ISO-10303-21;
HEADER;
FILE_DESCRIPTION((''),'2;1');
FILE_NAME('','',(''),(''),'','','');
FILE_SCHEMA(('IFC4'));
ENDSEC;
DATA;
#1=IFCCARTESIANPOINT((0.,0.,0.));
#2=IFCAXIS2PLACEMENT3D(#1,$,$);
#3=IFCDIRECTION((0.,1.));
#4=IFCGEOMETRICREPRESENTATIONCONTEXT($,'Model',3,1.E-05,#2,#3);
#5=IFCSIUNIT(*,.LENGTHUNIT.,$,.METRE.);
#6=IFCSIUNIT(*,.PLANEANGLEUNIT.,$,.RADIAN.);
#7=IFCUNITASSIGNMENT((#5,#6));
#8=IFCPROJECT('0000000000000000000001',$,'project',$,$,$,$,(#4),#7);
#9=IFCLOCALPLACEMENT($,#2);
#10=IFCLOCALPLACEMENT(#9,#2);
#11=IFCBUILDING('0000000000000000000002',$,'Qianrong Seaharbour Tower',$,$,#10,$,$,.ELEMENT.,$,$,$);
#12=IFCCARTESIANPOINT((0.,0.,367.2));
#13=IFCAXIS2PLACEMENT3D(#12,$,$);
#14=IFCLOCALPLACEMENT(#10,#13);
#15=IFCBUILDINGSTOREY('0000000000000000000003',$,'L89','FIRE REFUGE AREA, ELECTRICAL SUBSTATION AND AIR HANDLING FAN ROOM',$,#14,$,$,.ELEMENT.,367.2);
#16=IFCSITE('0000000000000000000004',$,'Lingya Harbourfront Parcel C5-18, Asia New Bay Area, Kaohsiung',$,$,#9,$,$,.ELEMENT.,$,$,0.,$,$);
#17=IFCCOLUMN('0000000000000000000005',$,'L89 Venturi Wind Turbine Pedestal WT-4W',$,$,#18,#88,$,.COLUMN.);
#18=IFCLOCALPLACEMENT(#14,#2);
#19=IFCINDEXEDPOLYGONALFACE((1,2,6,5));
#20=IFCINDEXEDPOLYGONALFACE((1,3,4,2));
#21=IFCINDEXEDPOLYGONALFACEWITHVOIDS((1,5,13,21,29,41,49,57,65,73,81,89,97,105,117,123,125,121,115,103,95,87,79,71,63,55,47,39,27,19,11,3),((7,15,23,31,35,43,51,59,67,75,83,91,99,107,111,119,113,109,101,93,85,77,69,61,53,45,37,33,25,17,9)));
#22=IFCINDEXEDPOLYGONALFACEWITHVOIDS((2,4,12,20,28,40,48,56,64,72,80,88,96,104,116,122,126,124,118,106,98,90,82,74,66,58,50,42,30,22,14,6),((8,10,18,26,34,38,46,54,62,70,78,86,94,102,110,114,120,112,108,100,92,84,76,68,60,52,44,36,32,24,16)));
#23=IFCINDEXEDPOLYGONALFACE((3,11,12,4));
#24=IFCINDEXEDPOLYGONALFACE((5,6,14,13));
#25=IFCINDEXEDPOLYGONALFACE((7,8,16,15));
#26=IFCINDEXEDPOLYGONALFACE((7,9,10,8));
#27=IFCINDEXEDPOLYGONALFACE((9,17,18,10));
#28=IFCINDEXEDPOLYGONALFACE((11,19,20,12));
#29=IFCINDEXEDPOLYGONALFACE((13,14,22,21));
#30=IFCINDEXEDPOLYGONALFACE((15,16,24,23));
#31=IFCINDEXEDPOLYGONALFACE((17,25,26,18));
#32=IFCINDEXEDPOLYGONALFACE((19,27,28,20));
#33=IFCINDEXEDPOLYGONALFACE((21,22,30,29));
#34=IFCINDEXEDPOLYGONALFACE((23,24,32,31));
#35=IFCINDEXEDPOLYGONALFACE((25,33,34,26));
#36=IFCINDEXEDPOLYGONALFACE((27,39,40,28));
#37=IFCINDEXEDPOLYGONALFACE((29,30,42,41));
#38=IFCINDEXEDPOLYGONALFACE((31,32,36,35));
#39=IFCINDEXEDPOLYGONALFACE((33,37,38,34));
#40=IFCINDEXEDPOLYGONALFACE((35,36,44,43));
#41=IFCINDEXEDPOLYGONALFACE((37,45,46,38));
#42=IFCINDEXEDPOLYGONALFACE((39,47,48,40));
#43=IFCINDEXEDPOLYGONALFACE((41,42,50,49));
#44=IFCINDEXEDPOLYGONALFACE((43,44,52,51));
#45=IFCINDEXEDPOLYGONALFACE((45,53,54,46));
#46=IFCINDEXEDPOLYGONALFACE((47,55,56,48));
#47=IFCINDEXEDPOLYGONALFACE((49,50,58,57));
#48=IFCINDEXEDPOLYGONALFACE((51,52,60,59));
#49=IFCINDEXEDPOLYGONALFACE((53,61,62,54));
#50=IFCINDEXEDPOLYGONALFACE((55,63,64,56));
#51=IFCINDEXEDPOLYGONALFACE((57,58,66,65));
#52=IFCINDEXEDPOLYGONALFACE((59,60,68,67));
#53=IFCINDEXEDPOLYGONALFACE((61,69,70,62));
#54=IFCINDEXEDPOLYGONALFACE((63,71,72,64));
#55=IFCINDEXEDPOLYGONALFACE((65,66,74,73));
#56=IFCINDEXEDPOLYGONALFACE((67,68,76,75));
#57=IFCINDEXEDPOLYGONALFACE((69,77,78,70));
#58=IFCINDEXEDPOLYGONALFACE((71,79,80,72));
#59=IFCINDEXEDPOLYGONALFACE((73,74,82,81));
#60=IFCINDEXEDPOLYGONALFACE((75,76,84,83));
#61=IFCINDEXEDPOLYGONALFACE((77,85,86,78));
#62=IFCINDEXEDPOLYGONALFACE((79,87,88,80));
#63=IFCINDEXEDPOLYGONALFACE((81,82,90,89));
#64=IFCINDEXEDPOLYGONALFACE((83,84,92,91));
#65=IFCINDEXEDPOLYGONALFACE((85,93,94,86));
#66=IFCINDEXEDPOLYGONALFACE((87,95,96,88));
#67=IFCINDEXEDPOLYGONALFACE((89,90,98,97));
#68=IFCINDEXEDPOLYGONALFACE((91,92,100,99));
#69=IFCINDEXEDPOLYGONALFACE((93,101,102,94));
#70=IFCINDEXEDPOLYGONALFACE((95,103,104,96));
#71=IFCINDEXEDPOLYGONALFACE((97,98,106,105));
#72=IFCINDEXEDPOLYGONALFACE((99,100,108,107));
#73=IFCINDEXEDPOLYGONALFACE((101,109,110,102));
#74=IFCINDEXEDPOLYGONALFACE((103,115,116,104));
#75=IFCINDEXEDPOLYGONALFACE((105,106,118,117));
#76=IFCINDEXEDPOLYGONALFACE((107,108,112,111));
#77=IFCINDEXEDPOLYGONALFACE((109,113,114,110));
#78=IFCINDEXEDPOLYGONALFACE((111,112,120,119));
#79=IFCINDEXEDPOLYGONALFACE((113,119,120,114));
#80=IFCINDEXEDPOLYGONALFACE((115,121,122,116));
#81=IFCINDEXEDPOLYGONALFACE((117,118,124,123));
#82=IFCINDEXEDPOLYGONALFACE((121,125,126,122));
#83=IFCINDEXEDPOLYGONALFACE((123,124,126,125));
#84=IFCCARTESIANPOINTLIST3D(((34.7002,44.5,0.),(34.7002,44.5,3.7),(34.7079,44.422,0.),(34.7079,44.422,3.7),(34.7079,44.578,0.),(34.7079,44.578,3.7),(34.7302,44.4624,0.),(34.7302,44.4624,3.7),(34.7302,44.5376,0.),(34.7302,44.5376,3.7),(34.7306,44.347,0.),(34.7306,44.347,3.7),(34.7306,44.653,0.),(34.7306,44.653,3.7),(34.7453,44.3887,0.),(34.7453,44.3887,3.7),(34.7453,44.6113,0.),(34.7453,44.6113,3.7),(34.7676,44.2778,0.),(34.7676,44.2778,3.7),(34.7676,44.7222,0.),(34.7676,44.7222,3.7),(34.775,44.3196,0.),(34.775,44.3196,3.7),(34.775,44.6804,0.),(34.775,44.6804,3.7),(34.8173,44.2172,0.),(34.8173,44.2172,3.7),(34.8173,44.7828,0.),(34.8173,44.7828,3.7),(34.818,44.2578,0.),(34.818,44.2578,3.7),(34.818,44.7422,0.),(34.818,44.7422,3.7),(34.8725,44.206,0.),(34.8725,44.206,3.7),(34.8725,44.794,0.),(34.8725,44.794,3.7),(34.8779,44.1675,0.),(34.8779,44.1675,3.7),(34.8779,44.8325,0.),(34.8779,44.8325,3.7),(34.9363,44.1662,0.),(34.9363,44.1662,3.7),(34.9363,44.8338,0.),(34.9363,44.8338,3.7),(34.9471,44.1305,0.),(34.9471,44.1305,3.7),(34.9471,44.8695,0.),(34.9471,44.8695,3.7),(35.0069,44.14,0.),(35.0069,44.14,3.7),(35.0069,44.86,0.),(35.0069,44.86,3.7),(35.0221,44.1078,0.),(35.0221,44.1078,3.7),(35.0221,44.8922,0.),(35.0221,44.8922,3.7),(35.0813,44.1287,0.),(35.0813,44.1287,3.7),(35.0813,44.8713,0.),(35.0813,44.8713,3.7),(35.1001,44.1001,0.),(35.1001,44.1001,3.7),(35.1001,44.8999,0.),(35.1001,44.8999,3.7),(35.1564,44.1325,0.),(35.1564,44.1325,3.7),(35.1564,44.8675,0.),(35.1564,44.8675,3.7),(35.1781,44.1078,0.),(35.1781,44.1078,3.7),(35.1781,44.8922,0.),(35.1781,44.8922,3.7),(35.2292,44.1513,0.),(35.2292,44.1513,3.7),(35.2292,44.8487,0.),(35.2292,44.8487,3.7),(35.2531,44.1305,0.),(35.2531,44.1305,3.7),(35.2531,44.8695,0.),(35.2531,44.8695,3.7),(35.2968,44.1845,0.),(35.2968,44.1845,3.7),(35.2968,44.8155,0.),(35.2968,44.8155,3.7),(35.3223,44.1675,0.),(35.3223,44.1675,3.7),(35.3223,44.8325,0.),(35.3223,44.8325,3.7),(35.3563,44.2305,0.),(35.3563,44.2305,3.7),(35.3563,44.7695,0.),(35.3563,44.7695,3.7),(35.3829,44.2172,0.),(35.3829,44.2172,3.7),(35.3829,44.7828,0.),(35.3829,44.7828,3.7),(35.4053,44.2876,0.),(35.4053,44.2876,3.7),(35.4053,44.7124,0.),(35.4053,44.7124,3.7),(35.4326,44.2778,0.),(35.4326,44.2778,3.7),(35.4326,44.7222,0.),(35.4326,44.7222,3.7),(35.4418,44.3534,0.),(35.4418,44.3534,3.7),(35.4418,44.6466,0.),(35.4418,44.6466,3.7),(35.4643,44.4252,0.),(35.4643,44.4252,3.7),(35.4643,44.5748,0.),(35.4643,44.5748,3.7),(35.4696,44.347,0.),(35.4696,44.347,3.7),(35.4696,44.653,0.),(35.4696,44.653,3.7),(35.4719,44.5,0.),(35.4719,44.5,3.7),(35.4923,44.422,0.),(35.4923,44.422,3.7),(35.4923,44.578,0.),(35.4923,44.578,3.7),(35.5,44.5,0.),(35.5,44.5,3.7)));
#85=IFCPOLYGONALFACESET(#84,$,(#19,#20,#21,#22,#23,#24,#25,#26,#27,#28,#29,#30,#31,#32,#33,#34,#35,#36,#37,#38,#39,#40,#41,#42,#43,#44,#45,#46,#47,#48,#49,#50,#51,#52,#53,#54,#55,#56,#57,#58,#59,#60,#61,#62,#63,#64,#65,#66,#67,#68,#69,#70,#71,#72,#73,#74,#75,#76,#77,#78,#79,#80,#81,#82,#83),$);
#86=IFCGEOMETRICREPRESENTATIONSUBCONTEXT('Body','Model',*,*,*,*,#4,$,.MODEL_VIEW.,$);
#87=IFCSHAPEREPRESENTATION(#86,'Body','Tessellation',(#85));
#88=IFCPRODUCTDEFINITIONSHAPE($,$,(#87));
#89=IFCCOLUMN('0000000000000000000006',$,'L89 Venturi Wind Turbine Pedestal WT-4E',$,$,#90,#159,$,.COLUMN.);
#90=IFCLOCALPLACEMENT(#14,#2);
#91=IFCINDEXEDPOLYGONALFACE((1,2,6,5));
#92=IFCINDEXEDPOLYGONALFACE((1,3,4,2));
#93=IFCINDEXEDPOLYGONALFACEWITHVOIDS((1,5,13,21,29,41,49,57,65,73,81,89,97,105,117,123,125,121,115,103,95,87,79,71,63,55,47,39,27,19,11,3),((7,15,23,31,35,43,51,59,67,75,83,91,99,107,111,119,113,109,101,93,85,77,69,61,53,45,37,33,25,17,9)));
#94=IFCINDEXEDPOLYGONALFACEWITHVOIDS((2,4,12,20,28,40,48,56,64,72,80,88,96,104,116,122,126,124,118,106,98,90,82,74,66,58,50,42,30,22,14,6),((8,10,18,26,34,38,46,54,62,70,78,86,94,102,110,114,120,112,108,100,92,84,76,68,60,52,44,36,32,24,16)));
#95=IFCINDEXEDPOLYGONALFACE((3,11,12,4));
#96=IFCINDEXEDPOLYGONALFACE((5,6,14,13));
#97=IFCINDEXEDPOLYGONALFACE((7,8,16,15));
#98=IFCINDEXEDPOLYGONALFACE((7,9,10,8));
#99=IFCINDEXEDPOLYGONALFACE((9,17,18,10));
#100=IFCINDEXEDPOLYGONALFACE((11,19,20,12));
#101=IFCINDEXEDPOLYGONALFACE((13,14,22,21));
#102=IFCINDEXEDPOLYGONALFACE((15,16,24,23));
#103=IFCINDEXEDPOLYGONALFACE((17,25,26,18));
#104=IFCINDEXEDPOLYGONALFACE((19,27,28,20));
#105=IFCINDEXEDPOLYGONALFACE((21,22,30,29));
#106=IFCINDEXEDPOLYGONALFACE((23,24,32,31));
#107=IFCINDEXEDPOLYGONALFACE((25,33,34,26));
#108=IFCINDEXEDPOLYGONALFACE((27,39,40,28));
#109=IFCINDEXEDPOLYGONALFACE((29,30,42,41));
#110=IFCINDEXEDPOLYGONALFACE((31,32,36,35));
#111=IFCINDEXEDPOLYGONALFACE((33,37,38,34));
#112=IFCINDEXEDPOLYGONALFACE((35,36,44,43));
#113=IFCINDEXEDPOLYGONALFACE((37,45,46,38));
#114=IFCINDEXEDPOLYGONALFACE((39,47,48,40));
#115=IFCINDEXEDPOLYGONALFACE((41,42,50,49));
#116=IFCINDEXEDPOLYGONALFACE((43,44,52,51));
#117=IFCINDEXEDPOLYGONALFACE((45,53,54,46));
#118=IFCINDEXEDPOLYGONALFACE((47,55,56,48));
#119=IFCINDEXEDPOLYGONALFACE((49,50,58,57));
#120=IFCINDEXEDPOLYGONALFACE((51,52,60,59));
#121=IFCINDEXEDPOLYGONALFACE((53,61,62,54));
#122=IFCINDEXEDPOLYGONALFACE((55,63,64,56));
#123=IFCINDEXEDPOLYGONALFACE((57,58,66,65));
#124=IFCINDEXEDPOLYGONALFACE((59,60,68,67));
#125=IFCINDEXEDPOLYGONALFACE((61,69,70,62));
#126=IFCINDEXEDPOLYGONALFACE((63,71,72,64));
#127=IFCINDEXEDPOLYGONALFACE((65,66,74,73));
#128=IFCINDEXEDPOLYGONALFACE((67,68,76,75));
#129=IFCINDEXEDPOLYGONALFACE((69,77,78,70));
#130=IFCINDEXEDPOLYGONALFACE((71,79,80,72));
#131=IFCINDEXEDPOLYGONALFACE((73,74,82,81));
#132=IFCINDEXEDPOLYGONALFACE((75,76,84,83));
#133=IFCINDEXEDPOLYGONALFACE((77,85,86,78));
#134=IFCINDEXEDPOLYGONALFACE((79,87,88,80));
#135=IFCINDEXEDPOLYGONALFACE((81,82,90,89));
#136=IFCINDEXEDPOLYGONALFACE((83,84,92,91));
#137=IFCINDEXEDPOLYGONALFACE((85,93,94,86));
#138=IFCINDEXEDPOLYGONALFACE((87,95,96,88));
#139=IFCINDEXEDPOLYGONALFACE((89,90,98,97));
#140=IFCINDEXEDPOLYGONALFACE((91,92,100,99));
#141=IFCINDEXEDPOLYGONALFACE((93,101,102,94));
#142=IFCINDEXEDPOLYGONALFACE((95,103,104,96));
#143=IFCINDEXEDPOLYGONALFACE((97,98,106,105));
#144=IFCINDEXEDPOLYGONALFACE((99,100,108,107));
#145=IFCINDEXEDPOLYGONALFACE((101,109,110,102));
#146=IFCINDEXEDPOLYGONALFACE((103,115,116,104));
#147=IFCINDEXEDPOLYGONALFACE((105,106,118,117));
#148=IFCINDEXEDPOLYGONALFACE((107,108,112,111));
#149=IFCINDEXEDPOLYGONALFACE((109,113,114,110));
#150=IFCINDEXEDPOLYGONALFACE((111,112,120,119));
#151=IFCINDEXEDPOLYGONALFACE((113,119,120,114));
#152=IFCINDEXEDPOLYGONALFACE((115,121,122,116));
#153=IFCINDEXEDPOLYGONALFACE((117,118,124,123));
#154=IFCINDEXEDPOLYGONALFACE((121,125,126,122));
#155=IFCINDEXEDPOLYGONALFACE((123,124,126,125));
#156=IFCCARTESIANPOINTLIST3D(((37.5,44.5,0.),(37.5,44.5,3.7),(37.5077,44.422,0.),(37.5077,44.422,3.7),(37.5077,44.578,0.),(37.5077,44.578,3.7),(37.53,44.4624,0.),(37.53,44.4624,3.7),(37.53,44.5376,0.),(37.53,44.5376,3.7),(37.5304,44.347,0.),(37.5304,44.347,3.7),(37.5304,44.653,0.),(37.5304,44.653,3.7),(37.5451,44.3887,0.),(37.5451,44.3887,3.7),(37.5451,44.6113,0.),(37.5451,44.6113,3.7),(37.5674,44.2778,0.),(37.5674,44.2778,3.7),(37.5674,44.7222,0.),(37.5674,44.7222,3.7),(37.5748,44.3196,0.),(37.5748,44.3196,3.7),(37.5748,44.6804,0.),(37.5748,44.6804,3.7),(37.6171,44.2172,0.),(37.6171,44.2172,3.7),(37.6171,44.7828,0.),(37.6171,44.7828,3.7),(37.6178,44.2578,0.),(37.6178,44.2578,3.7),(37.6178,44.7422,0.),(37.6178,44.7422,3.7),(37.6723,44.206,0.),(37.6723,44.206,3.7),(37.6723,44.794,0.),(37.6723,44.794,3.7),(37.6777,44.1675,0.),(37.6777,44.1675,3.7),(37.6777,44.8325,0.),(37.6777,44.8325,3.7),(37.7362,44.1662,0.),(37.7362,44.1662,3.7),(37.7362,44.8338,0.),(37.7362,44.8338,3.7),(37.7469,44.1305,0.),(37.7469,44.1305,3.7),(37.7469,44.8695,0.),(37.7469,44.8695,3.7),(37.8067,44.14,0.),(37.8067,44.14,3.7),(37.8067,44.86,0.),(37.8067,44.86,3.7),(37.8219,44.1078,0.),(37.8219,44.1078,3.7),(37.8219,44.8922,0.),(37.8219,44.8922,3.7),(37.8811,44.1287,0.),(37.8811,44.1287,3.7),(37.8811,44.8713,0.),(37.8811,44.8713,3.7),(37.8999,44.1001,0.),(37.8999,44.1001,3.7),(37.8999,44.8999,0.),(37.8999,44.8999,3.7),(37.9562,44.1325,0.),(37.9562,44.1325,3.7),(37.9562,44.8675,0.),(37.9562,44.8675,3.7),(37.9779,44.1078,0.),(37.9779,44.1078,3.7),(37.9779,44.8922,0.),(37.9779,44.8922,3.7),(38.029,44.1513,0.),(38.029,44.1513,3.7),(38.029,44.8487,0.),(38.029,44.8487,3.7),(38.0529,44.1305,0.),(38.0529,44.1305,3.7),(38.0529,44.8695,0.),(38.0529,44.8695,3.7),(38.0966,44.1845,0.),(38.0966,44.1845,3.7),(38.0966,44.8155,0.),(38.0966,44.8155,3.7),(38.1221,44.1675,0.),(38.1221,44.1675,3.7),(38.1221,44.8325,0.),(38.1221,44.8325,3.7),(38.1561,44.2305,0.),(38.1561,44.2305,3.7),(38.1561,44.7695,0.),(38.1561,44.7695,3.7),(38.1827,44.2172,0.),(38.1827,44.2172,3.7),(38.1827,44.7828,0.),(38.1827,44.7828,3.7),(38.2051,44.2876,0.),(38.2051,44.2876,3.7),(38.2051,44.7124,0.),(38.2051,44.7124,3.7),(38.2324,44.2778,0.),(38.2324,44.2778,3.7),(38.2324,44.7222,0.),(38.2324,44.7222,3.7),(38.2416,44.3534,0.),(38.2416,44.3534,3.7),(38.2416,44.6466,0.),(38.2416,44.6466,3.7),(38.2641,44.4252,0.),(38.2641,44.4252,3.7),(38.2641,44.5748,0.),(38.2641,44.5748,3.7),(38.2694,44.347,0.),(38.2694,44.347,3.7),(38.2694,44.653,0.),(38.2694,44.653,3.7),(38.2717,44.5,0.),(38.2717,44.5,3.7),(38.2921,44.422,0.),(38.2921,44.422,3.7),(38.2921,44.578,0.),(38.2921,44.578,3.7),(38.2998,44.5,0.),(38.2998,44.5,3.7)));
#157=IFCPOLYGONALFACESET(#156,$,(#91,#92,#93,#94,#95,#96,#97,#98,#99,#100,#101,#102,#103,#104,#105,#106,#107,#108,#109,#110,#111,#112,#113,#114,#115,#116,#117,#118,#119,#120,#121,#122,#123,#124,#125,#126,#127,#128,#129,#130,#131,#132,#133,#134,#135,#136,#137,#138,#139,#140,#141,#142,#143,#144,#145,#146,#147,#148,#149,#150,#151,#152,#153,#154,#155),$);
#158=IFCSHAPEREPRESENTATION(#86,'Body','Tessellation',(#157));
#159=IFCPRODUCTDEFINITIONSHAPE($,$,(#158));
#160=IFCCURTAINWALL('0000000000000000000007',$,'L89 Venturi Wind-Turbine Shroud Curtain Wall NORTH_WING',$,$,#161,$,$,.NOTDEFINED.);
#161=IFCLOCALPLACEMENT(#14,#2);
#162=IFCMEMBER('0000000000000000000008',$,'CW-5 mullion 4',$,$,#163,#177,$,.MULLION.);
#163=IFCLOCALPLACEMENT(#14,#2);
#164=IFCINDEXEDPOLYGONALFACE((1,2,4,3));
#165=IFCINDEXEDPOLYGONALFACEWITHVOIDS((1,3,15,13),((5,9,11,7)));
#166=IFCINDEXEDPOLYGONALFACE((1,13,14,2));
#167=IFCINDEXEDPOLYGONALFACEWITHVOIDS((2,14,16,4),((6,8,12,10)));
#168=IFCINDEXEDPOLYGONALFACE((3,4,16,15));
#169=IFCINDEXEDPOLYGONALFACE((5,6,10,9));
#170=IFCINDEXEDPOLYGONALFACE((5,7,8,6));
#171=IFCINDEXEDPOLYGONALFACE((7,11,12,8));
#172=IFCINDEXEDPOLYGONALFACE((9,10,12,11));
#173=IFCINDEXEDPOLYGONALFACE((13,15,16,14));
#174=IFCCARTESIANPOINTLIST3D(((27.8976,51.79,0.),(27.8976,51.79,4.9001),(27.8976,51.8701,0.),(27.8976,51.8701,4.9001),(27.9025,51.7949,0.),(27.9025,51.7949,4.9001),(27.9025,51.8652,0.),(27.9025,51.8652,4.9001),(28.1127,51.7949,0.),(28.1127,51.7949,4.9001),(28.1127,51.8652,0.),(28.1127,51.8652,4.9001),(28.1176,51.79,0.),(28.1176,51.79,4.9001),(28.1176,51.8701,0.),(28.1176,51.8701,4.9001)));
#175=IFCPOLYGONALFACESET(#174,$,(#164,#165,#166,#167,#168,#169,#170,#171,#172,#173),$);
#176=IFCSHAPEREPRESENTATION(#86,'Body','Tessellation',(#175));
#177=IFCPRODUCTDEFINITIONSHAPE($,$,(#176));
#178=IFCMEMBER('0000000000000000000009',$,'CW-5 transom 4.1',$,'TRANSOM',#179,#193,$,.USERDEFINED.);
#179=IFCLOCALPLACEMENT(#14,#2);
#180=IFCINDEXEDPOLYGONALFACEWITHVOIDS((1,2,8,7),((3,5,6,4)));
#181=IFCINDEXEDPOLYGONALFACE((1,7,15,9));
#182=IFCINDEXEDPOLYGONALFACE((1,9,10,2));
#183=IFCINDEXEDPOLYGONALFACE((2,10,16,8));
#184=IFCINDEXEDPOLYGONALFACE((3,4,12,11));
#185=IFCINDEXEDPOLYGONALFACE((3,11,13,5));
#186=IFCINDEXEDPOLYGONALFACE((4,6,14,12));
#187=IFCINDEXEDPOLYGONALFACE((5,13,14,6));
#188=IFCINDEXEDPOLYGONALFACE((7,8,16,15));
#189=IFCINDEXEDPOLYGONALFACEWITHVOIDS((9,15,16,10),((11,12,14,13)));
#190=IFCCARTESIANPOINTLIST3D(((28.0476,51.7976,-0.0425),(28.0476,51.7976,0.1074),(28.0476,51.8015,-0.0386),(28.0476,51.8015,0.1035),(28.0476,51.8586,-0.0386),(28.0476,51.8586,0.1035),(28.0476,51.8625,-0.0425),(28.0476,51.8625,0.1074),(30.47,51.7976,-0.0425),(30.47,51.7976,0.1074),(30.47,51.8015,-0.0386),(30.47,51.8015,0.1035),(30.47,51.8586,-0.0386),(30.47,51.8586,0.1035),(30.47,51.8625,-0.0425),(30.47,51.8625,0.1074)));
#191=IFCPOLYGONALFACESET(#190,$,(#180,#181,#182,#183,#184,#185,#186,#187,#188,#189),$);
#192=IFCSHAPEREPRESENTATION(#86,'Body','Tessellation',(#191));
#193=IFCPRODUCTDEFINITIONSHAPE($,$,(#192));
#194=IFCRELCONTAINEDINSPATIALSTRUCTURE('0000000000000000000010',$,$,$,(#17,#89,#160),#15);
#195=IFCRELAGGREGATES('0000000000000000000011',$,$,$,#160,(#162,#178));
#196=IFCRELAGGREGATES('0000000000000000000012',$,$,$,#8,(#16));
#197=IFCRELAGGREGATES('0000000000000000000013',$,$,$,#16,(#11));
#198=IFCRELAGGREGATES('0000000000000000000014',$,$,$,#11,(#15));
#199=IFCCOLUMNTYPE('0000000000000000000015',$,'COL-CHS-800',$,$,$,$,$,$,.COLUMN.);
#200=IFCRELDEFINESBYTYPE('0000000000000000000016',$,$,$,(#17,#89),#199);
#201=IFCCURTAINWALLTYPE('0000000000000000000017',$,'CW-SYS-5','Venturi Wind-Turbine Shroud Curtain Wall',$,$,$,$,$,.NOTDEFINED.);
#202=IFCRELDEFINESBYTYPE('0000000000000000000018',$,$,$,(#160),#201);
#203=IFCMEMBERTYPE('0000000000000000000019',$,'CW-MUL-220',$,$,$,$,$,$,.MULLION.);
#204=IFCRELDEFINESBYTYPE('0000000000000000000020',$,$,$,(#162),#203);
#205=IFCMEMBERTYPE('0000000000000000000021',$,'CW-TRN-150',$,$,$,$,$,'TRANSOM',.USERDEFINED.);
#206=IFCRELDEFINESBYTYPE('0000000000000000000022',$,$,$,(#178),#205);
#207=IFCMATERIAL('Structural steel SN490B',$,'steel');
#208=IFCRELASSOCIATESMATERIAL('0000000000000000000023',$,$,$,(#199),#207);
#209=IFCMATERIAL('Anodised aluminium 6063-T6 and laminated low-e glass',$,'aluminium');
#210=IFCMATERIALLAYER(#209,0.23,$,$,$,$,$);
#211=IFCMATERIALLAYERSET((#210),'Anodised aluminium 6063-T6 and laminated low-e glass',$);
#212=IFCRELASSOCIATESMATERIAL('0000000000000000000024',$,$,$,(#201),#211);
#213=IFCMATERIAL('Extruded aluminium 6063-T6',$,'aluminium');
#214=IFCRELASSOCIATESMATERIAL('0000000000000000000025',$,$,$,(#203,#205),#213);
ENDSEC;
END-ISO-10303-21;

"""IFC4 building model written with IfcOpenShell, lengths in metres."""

from ifc_helpers import new_model, si_unit, direction, frame, origin, origin_2d, place, context, subcontext, project, spatial, hollow_rectangle, hollow_circle, extrude, material, layer, layer_set, material_profile, profile_set, type_object, element, aggregate, save


model = new_model("IFC4")

# Units and contexts
model_context = context("Model", 3, precision=1e-05, world=origin(), true_north=direction((0.0, 1.0)))
body_context = subcontext(model_context, "Body", "Model", "MODEL_VIEW")
ifc_project = project(units=[si_unit("LENGTHUNIT", "METRE"), si_unit("PLANEANGLEUNIT", "RADIAN")], contexts=[model_context])

# Site, building, storey
site_placement = place(None, origin())
site = spatial("IfcSite", under=ifc_project, at=site_placement, Name="Lingya Harbourfront Parcel C5-18, Asia New Bay Area, Kaohsiung", CompositionType="ELEMENT", RefElevation=0.0)
building_placement = place(site_placement, origin())
building = spatial("IfcBuilding", under=site, at=building_placement, Name="Qianrong Seaharbour Tower", CompositionType="ELEMENT")
storey_placement = place(building_placement, frame((0.0, 0.0, 367.2)))
storey = spatial("IfcBuildingStorey", under=building, at=storey_placement, Name="L89", Description="FIRE REFUGE AREA, ELECTRICAL SUBSTATION AND AIR HANDLING FAN ROOM", CompositionType="ELEMENT", Elevation=367.2)

# Columns
ifc_material_1 = material(Name="Structural steel SN490B", Category="steel")
ifc_material_profile_1 = material_profile(ifc_material_1, hollow_circle(Radius=0.3999, WallThickness=0.0281, at=origin_2d()), Name="CHS800x28")
ifc_profile_set_1 = profile_set([ifc_material_profile_1], Name="Structural steel SN490B")
column_type = type_object("IfcColumnType", Name="COL-CHS-800", PredefinedType="COLUMN", material=ifc_profile_set_1)
for number, where, z_axis, x_axis, name in (
    (1, (35.1001, 44.5, 0.0), (0.0, 0.0, 1.0), (1.0, 0.0, 0.0), "L89 Venturi Wind Turbine Pedestal WT-4W"),
    (2, (37.8999, 44.5, 0.0), (0.0, 0.0, 1.0), (1.0, 0.0, 0.0), "L89 Venturi Wind Turbine Pedestal WT-4E"),
):
    element("IfcColumn", number, at=place(storey_placement, frame(where, z_axis=z_axis, x_axis=x_axis)), inside=storey, type_object=column_type, Name=name, PredefinedType="COLUMN", context=body_context, shape_type="SweptSolid", body=[
        extrude(hollow_circle(Radius=0.3999, WallThickness=0.0281, at=origin_2d()), origin(), (0.0, 0.0, 1.0), 3.7),
    ])

# Curtain wall, members
ifc_material_2 = material(Name="Anodised aluminium 6063-T6 and laminated low-e glass", Category="aluminium")
ifc_layer_1 = layer(ifc_material_2, 0.23)
ifc_layer_set_1 = layer_set([ifc_layer_1], Name="Anodised aluminium 6063-T6 and laminated low-e glass")
curtain_wall_type = type_object("IfcCurtainWallType", Name="CW-SYS-5", Description="Venturi Wind-Turbine Shroud Curtain Wall", PredefinedType="NOTDEFINED", material=ifc_layer_set_1)
curtain_wall_placement = place(storey_placement, origin())
curtain_wall = element("IfcCurtainWall", 3, at=curtain_wall_placement, inside=storey, type_object=curtain_wall_type, Name="L89 Venturi Wind-Turbine Shroud Curtain Wall NORTH_WING", PredefinedType="NOTDEFINED")
ifc_material_3 = material(Name="Extruded aluminium 6063-T6", Category="aluminium")
ifc_material_profile_2 = material_profile(ifc_material_3, hollow_rectangle(XDim=0.0801, YDim=0.22, WallThickness=0.0049, at=origin_2d()), Name="ALU-MUL-220x80x5")
ifc_profile_set_2 = profile_set([ifc_material_profile_2], Name="Extruded aluminium 6063-T6")
member_type_1 = type_object("IfcMemberType", Name="CW-MUL-220", PredefinedType="MULLION", material=ifc_profile_set_2)
member_1_placement = place(storey_placement, frame((28.0076, 51.8301, 0.0), z_axis=(0.0, 0.0, 1.0), x_axis=(0.0, 1.0, 0.0)))
member_1 = element("IfcMember", 4, at=member_1_placement, type_object=member_type_1, Name="CW-5 mullion 4", PredefinedType="MULLION", context=body_context, shape_type="SweptSolid", body=[
    extrude(hollow_rectangle(XDim=0.0801, YDim=0.22, WallThickness=0.0049, at=origin_2d()), origin(), (0.0, 0.0, 1.0), 4.9001),
])
ifc_material_profile_3 = material_profile(ifc_material_3, hollow_rectangle(XDim=0.0649, YDim=0.1499, WallThickness=0.0039, at=origin_2d()), Name="ALU-TRN-150x65x4")
ifc_profile_set_3 = profile_set([ifc_material_profile_3], Name="Extruded aluminium 6063-T6")
member_type_2 = type_object("IfcMemberType", Name="CW-TRN-150", ElementType="TRANSOM", PredefinedType="USERDEFINED", material=ifc_profile_set_3)
member_2_placement = place(storey_placement, frame((28.0476, 51.8301, 0.0325), z_axis=(1.0, 0.0, 0.0), x_axis=(0.0, 1.0, 0.0)))
member_2 = element("IfcMember", 5, at=member_2_placement, type_object=member_type_2, Name="CW-5 transom 4.1", ObjectType="TRANSOM", PredefinedType="USERDEFINED", context=body_context, shape_type="SweptSolid", body=[
    extrude(hollow_rectangle(XDim=0.0649, YDim=0.1499, WallThickness=0.0039, at=origin_2d()), origin(), (0.0, 0.0, 1.0), 2.4224),
])

aggregate(curtain_wall, [member_1, member_2])

save(model, "model.ifc")
